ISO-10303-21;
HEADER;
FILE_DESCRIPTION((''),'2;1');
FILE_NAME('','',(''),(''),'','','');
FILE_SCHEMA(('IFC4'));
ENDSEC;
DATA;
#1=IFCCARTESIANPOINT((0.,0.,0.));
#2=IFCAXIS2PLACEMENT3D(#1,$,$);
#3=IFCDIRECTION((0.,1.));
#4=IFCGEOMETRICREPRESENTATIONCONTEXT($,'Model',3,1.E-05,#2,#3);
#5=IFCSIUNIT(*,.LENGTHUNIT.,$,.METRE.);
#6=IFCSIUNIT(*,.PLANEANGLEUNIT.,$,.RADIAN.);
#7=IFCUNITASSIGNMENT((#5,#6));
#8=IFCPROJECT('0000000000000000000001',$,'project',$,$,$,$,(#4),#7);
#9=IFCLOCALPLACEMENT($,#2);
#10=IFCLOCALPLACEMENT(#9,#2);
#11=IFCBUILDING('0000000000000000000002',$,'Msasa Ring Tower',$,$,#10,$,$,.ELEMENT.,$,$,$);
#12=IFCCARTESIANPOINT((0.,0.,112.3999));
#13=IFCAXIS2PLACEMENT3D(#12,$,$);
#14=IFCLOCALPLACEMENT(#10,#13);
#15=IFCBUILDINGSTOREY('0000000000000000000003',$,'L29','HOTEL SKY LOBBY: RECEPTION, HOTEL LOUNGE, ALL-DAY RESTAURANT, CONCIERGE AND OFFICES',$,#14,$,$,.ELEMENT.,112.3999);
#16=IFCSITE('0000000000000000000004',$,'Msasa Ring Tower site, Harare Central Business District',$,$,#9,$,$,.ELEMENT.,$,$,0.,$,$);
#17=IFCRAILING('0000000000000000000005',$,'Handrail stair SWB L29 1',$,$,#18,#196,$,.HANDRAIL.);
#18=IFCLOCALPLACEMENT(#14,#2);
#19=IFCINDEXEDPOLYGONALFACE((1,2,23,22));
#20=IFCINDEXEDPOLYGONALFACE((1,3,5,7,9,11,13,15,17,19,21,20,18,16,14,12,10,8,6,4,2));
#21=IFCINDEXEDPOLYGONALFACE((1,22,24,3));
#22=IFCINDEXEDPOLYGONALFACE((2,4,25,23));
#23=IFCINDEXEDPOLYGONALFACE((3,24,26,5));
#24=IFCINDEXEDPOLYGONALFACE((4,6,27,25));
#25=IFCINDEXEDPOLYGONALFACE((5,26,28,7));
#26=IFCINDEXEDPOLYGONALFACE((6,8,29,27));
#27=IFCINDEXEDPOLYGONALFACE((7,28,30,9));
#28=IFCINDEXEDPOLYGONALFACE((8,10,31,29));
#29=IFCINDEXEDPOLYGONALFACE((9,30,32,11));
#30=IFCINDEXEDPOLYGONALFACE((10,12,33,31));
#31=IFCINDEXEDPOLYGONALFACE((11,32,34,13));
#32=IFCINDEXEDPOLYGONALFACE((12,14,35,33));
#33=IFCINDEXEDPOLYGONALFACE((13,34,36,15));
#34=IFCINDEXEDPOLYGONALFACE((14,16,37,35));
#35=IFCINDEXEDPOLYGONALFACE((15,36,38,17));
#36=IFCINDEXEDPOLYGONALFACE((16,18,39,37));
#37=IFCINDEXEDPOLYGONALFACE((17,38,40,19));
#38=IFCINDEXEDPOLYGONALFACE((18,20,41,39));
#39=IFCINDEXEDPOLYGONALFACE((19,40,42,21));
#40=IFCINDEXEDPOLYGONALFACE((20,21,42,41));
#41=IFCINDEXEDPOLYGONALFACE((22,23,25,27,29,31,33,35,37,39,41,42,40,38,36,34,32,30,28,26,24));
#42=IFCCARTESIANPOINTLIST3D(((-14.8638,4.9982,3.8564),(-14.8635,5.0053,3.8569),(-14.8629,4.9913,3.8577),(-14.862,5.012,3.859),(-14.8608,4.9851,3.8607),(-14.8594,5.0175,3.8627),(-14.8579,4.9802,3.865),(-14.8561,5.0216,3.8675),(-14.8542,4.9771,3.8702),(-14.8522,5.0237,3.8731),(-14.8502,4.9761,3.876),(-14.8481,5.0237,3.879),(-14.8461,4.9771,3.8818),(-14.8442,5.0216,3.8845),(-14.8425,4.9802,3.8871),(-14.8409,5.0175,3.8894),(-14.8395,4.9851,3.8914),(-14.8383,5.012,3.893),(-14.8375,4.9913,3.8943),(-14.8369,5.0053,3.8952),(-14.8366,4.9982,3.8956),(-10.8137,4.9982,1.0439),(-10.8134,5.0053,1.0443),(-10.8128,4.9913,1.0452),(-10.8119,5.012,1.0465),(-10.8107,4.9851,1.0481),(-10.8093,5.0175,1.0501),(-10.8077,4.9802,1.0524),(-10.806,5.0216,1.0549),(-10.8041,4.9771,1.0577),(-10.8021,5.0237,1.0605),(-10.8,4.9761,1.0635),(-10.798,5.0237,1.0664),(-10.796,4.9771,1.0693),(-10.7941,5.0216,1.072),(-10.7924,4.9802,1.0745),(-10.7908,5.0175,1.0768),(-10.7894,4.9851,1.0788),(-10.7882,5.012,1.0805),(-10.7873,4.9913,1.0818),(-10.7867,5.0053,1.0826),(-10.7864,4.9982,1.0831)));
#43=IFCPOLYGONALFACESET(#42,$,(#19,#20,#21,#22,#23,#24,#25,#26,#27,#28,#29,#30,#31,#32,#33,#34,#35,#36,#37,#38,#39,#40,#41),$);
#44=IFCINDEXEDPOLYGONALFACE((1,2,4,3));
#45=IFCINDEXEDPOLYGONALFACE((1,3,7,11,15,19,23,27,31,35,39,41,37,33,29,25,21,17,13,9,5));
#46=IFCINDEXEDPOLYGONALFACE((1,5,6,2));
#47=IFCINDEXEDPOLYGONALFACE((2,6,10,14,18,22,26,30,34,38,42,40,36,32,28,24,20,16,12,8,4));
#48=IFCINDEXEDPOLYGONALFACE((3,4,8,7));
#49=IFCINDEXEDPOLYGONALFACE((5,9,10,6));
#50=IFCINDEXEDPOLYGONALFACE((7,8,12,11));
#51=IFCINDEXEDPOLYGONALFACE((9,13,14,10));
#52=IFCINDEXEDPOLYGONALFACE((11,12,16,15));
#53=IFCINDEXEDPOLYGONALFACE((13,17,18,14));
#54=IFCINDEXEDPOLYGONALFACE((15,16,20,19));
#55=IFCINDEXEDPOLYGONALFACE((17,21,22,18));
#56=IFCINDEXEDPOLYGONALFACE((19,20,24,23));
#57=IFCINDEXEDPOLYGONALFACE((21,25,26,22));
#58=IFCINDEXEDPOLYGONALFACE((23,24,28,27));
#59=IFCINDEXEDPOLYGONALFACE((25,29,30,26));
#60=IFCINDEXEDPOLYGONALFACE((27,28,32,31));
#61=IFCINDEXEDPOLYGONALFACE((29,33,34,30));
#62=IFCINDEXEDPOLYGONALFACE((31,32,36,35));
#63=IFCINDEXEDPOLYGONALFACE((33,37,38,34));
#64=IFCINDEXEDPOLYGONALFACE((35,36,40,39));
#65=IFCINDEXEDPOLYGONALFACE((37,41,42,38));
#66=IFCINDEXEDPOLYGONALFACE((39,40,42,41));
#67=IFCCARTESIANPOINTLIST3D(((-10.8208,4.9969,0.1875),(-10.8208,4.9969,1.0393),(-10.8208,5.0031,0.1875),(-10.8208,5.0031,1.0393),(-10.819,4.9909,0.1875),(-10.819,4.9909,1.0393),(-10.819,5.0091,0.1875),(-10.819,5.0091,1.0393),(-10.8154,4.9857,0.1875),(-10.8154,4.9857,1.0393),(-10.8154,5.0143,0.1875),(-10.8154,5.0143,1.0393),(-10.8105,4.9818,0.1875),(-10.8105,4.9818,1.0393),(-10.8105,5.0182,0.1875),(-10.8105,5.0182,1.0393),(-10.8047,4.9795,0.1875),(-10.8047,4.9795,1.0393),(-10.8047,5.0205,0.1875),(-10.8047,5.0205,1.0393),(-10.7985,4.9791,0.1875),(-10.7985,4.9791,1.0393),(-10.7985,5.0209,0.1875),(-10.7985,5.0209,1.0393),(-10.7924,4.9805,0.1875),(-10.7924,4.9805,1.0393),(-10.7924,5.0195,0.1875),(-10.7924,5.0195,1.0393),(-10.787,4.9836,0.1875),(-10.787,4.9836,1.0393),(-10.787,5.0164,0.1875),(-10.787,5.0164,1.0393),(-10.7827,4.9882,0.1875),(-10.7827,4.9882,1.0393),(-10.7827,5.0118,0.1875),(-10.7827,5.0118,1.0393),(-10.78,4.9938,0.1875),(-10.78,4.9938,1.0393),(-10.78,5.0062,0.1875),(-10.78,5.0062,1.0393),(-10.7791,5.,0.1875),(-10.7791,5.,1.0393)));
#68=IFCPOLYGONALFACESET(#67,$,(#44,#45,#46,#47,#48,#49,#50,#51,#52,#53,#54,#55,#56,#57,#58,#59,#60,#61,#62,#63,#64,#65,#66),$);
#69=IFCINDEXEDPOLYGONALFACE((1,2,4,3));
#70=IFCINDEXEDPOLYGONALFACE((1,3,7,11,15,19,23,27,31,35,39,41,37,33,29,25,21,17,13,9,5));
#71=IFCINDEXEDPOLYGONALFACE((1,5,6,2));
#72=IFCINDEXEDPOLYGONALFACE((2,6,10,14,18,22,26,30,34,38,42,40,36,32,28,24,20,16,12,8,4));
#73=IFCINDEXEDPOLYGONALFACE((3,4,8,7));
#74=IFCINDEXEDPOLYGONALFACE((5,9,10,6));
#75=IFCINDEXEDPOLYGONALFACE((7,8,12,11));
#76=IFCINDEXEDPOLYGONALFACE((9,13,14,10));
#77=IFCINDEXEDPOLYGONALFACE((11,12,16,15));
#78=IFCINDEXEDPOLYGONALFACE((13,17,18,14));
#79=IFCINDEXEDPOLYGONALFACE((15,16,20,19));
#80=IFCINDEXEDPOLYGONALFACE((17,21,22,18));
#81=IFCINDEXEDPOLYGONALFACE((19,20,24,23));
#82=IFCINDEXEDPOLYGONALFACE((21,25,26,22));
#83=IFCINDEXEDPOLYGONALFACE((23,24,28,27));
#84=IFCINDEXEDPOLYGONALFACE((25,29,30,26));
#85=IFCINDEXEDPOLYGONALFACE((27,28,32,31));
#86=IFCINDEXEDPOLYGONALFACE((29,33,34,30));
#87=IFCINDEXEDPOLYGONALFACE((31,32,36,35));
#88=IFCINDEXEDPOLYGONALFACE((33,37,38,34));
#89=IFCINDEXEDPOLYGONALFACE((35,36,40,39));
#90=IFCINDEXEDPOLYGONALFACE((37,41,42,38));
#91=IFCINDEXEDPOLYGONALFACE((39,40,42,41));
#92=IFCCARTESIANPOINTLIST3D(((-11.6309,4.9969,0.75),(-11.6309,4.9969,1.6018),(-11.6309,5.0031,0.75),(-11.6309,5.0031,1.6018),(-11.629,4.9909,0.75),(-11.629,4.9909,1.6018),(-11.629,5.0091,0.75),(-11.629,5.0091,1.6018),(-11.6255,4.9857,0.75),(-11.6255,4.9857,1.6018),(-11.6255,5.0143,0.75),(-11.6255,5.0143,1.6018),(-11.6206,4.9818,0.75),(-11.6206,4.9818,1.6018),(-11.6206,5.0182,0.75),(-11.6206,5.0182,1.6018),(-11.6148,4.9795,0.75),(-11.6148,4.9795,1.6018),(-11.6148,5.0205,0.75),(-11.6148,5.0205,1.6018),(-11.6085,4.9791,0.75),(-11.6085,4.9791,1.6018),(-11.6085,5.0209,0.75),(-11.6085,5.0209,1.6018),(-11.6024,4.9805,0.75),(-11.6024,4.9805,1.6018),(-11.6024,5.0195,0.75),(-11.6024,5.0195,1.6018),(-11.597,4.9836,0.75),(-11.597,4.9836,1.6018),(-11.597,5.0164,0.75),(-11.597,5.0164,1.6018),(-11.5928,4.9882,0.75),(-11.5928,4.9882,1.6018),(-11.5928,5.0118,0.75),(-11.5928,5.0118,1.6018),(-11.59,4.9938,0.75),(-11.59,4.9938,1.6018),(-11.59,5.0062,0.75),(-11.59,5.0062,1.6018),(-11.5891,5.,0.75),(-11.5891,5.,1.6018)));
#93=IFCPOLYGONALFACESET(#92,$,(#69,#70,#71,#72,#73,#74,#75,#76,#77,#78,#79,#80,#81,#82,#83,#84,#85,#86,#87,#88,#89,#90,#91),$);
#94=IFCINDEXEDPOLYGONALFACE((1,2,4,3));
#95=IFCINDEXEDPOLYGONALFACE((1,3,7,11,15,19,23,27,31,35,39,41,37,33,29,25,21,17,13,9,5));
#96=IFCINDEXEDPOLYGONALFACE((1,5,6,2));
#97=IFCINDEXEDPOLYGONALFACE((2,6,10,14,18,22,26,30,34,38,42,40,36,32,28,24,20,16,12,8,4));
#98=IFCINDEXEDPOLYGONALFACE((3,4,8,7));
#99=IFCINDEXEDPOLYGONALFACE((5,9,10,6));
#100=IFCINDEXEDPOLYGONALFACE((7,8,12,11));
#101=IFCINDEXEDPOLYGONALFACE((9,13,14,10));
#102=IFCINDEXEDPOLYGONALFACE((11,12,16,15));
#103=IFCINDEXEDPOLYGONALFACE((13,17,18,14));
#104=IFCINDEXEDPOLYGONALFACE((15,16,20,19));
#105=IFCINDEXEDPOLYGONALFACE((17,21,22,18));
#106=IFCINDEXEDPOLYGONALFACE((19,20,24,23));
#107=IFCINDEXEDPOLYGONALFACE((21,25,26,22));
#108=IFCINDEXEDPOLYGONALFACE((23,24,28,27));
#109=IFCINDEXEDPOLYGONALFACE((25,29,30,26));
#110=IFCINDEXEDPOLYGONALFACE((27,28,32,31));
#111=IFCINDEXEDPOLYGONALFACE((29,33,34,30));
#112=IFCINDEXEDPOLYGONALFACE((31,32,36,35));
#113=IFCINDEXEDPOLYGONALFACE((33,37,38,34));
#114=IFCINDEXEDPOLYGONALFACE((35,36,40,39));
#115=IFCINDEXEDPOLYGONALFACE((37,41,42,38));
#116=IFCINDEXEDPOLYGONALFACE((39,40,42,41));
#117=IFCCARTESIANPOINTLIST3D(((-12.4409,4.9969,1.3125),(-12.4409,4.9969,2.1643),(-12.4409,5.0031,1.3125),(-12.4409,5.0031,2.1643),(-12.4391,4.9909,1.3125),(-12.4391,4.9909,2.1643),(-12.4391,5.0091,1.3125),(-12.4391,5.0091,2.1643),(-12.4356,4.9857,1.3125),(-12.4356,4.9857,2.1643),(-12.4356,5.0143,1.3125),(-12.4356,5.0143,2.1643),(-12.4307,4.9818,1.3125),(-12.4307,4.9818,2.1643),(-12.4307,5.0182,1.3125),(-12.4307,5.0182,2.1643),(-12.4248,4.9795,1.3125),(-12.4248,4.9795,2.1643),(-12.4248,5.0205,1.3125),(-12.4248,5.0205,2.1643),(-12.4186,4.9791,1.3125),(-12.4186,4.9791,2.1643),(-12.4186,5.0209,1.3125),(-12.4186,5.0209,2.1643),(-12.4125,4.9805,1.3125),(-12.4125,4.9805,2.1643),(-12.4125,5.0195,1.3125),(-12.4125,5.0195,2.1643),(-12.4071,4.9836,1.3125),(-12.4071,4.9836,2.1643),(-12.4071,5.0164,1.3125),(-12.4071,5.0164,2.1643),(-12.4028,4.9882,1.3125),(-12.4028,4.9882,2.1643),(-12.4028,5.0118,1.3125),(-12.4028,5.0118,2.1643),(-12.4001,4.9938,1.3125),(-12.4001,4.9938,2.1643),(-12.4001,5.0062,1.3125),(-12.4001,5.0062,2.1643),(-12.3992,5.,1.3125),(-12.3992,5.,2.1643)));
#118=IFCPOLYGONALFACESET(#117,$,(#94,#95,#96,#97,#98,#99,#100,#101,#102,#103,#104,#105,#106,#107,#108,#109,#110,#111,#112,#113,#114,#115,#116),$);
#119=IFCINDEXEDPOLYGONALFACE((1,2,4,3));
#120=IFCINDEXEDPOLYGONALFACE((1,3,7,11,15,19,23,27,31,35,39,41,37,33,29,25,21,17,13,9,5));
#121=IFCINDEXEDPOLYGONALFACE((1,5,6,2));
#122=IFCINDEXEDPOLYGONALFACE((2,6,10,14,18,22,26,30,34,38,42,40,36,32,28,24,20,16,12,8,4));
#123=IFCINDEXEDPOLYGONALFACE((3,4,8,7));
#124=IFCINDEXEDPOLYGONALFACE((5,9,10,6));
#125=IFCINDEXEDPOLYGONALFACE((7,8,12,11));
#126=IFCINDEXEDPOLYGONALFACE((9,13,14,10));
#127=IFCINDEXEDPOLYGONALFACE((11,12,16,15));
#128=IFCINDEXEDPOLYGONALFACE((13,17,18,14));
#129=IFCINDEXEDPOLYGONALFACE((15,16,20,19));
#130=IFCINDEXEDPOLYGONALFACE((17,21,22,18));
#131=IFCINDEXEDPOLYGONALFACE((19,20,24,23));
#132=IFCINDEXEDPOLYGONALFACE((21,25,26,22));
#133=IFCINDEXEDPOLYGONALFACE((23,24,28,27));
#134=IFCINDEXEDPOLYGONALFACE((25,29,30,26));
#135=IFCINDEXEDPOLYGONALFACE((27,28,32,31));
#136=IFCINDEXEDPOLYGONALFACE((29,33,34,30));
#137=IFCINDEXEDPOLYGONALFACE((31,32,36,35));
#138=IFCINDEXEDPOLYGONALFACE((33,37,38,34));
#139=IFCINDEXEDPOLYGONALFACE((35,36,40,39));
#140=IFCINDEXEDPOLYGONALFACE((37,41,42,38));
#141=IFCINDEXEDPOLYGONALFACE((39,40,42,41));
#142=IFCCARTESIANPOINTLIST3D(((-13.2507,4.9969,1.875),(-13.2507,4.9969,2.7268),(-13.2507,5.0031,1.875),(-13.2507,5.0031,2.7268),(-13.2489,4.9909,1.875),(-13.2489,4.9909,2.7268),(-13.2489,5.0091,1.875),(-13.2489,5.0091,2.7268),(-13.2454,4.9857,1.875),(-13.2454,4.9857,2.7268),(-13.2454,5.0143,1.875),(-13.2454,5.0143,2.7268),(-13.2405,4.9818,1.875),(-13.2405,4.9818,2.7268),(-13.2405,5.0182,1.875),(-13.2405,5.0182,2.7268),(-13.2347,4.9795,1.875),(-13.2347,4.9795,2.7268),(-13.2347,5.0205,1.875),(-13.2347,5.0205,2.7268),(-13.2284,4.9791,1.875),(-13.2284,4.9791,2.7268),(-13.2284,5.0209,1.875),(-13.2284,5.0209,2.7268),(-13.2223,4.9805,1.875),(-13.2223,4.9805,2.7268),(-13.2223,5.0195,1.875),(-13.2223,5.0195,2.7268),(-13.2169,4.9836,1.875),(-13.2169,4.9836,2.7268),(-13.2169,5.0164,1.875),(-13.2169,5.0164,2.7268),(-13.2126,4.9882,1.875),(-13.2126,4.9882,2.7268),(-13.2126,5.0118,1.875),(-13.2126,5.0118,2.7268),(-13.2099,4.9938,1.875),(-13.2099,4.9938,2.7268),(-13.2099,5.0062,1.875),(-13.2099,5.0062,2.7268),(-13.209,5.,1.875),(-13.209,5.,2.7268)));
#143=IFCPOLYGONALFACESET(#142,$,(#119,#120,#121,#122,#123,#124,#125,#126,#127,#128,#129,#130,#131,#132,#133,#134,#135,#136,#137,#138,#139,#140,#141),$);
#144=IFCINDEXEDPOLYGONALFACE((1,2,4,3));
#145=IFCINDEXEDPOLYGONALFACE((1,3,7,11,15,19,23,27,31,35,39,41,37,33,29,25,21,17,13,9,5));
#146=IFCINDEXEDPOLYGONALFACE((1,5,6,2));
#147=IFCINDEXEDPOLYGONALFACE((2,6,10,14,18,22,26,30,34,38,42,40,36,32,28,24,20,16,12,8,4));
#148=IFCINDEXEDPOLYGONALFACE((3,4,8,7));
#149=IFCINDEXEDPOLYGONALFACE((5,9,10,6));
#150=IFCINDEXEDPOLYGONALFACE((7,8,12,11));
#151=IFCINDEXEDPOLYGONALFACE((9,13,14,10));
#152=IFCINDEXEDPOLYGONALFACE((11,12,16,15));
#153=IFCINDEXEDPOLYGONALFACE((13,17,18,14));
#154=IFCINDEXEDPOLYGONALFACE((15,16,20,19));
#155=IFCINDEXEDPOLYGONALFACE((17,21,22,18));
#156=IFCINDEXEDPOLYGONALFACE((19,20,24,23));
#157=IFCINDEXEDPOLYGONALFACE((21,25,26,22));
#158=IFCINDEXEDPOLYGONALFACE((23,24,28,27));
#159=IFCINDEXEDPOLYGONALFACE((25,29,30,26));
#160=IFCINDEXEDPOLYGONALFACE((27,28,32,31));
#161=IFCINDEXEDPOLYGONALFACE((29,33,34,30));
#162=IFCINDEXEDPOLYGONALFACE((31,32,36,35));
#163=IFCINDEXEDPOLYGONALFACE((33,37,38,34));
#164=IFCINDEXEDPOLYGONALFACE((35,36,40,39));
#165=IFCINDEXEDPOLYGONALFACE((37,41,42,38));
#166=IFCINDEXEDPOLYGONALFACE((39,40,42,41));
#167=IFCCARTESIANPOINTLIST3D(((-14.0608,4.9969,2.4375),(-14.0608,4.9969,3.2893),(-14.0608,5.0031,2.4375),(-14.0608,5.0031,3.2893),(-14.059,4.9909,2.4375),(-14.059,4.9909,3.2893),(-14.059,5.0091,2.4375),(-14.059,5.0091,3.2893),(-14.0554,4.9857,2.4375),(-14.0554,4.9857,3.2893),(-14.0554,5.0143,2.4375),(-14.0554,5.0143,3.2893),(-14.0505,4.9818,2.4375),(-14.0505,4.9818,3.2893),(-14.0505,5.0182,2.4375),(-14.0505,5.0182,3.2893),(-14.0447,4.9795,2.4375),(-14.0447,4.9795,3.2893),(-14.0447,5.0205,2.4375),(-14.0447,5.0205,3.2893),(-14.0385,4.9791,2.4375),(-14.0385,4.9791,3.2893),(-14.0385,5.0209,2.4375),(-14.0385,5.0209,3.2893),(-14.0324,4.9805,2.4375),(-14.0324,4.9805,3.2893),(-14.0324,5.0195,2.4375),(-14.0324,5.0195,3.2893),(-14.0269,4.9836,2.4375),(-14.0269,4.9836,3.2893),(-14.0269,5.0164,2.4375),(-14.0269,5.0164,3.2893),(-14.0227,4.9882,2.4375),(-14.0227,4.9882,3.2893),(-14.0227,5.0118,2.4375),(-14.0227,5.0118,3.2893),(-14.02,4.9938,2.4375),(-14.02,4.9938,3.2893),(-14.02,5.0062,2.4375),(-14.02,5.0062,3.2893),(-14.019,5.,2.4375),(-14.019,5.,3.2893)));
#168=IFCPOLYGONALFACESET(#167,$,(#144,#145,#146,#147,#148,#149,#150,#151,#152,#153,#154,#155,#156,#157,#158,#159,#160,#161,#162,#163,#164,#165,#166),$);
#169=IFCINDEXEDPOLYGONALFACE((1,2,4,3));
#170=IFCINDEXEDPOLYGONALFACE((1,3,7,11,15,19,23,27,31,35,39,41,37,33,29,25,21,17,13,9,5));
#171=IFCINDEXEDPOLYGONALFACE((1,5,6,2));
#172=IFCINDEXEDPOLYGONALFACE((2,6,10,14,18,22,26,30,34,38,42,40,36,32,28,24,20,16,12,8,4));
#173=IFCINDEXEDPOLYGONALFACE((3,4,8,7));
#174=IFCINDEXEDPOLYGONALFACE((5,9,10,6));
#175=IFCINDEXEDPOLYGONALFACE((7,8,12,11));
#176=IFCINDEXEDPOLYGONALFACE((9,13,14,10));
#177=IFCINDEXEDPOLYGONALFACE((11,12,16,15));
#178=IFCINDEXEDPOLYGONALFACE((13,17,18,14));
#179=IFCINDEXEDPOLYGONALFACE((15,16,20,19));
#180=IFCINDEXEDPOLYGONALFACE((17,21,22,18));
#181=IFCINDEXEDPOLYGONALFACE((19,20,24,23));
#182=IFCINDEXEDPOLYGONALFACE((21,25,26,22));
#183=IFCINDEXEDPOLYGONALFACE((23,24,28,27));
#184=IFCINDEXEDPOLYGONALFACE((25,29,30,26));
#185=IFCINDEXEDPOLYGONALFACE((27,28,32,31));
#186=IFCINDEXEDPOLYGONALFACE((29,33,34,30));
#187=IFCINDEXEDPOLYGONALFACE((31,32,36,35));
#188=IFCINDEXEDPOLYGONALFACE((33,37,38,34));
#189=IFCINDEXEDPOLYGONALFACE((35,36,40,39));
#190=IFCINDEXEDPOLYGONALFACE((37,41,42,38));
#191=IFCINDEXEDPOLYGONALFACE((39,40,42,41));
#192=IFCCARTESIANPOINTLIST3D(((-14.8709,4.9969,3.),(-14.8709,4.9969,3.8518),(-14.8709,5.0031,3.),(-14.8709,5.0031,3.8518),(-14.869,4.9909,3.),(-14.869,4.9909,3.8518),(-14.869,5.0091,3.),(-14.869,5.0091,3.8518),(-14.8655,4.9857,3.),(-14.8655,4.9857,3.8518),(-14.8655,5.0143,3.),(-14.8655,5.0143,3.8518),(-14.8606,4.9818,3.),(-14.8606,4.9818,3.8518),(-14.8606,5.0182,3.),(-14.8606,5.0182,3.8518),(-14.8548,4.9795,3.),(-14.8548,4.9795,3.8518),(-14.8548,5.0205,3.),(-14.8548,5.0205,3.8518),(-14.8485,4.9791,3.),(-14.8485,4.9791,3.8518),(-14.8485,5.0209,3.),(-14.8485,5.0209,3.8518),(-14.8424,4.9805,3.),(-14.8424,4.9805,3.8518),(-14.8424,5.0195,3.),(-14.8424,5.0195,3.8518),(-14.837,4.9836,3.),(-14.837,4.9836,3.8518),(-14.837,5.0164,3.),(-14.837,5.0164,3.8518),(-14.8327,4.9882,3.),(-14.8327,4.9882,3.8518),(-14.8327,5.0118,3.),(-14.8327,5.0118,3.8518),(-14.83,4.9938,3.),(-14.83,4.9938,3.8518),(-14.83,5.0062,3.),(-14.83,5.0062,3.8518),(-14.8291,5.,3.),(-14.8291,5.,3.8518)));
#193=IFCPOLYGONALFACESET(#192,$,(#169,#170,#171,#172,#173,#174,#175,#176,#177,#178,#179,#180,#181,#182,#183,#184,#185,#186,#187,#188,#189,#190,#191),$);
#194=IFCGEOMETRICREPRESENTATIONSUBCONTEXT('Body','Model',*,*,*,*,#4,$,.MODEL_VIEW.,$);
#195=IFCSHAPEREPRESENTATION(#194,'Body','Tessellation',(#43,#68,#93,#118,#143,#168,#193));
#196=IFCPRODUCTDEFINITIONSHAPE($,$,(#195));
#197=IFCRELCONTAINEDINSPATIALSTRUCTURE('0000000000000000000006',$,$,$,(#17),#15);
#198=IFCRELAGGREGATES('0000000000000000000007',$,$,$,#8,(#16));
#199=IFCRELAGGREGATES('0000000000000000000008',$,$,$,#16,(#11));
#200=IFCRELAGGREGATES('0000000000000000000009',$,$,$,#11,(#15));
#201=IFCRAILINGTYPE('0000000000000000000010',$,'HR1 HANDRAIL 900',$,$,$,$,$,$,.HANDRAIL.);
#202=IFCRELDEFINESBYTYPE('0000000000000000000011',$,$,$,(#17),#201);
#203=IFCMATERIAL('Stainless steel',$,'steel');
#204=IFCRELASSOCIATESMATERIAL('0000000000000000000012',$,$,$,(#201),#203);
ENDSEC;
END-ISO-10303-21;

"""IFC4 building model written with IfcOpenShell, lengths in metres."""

from ifc_helpers import new_model, si_unit, direction, frame, origin, origin_2d, place, context, subcontext, project, spatial, circle, extrude, material, type_object, element, save


model = new_model("IFC4")

# Units and contexts
model_context = context("Model", 3, precision=1e-05, world=origin(), true_north=direction((0.0, 1.0)))
body_context = subcontext(model_context, "Body", "Model", "MODEL_VIEW")
ifc_project = project(units=[si_unit("LENGTHUNIT", "METRE"), si_unit("PLANEANGLEUNIT", "RADIAN")], contexts=[model_context])

# Site, building, storey
site_placement = place(None, origin())
site = spatial("IfcSite", under=ifc_project, at=site_placement, Name="Msasa Ring Tower site, Harare Central Business District", CompositionType="ELEMENT", RefElevation=0.0)
building_placement = place(site_placement, origin())
building = spatial("IfcBuilding", under=site, at=building_placement, Name="Msasa Ring Tower", CompositionType="ELEMENT")
storey_placement = place(building_placement, frame((0.0, 0.0, 112.3999)))
storey = spatial("IfcBuildingStorey", under=building, at=storey_placement, Name="L29", Description="HOTEL SKY LOBBY: RECEPTION, HOTEL LOUNGE, ALL-DAY RESTAURANT, CONCIERGE AND OFFICES", CompositionType="ELEMENT", Elevation=112.3999)

# Railing
ifc_material_1 = material(Name="Stainless steel", Category="steel")
railing_type = type_object("IfcRailingType", Name="HR1 HANDRAIL 900", PredefinedType="HANDRAIL", material=ifc_material_1)
for number, where, name in (
    (1, (-10.8, 5.0, 0.1875), "Handrail stair SWB L29 1"),
):
    element("IfcRailing", number, at=place(storey_placement, frame(where)), inside=storey, type_object=railing_type, Name=name, PredefinedType="HANDRAIL", context=body_context, shape_type="SweptSolid", body=[
        extrude(circle(Radius=0.0239, at=origin_2d()), frame((0.0, 0.0, 0.876), z_axis=(-0.821373, 0.0, 0.570391), x_axis=(0.0, -1.0, 0.0)), (0.0, 0.0, 1.0), 4.9309),
        extrude(circle(Radius=0.021, at=origin_2d()), origin(), (0.0, 0.0, 1.0), 0.8518),
        extrude(circle(Radius=0.021, at=origin_2d()), frame((-0.8101, 0.0, 0.5625)), (0.0, 0.0, 1.0), 0.8518),
        extrude(circle(Radius=0.021, at=origin_2d()), frame((-1.6201, 0.0, 1.125)), (0.0, 0.0, 1.0), 0.8518),
        extrude(circle(Radius=0.021, at=origin_2d()), frame((-2.4299, 0.0, 1.6875)), (0.0, 0.0, 1.0), 0.8518),
        extrude(circle(Radius=0.021, at=origin_2d()), frame((-3.24, 0.0, 2.25)), (0.0, 0.0, 1.0), 0.8518),
        extrude(circle(Radius=0.021, at=origin_2d()), frame((-4.05, 0.0, 2.8125)), (0.0, 0.0, 1.0), 0.8518),
    ])

save(model, "model.ifc")
